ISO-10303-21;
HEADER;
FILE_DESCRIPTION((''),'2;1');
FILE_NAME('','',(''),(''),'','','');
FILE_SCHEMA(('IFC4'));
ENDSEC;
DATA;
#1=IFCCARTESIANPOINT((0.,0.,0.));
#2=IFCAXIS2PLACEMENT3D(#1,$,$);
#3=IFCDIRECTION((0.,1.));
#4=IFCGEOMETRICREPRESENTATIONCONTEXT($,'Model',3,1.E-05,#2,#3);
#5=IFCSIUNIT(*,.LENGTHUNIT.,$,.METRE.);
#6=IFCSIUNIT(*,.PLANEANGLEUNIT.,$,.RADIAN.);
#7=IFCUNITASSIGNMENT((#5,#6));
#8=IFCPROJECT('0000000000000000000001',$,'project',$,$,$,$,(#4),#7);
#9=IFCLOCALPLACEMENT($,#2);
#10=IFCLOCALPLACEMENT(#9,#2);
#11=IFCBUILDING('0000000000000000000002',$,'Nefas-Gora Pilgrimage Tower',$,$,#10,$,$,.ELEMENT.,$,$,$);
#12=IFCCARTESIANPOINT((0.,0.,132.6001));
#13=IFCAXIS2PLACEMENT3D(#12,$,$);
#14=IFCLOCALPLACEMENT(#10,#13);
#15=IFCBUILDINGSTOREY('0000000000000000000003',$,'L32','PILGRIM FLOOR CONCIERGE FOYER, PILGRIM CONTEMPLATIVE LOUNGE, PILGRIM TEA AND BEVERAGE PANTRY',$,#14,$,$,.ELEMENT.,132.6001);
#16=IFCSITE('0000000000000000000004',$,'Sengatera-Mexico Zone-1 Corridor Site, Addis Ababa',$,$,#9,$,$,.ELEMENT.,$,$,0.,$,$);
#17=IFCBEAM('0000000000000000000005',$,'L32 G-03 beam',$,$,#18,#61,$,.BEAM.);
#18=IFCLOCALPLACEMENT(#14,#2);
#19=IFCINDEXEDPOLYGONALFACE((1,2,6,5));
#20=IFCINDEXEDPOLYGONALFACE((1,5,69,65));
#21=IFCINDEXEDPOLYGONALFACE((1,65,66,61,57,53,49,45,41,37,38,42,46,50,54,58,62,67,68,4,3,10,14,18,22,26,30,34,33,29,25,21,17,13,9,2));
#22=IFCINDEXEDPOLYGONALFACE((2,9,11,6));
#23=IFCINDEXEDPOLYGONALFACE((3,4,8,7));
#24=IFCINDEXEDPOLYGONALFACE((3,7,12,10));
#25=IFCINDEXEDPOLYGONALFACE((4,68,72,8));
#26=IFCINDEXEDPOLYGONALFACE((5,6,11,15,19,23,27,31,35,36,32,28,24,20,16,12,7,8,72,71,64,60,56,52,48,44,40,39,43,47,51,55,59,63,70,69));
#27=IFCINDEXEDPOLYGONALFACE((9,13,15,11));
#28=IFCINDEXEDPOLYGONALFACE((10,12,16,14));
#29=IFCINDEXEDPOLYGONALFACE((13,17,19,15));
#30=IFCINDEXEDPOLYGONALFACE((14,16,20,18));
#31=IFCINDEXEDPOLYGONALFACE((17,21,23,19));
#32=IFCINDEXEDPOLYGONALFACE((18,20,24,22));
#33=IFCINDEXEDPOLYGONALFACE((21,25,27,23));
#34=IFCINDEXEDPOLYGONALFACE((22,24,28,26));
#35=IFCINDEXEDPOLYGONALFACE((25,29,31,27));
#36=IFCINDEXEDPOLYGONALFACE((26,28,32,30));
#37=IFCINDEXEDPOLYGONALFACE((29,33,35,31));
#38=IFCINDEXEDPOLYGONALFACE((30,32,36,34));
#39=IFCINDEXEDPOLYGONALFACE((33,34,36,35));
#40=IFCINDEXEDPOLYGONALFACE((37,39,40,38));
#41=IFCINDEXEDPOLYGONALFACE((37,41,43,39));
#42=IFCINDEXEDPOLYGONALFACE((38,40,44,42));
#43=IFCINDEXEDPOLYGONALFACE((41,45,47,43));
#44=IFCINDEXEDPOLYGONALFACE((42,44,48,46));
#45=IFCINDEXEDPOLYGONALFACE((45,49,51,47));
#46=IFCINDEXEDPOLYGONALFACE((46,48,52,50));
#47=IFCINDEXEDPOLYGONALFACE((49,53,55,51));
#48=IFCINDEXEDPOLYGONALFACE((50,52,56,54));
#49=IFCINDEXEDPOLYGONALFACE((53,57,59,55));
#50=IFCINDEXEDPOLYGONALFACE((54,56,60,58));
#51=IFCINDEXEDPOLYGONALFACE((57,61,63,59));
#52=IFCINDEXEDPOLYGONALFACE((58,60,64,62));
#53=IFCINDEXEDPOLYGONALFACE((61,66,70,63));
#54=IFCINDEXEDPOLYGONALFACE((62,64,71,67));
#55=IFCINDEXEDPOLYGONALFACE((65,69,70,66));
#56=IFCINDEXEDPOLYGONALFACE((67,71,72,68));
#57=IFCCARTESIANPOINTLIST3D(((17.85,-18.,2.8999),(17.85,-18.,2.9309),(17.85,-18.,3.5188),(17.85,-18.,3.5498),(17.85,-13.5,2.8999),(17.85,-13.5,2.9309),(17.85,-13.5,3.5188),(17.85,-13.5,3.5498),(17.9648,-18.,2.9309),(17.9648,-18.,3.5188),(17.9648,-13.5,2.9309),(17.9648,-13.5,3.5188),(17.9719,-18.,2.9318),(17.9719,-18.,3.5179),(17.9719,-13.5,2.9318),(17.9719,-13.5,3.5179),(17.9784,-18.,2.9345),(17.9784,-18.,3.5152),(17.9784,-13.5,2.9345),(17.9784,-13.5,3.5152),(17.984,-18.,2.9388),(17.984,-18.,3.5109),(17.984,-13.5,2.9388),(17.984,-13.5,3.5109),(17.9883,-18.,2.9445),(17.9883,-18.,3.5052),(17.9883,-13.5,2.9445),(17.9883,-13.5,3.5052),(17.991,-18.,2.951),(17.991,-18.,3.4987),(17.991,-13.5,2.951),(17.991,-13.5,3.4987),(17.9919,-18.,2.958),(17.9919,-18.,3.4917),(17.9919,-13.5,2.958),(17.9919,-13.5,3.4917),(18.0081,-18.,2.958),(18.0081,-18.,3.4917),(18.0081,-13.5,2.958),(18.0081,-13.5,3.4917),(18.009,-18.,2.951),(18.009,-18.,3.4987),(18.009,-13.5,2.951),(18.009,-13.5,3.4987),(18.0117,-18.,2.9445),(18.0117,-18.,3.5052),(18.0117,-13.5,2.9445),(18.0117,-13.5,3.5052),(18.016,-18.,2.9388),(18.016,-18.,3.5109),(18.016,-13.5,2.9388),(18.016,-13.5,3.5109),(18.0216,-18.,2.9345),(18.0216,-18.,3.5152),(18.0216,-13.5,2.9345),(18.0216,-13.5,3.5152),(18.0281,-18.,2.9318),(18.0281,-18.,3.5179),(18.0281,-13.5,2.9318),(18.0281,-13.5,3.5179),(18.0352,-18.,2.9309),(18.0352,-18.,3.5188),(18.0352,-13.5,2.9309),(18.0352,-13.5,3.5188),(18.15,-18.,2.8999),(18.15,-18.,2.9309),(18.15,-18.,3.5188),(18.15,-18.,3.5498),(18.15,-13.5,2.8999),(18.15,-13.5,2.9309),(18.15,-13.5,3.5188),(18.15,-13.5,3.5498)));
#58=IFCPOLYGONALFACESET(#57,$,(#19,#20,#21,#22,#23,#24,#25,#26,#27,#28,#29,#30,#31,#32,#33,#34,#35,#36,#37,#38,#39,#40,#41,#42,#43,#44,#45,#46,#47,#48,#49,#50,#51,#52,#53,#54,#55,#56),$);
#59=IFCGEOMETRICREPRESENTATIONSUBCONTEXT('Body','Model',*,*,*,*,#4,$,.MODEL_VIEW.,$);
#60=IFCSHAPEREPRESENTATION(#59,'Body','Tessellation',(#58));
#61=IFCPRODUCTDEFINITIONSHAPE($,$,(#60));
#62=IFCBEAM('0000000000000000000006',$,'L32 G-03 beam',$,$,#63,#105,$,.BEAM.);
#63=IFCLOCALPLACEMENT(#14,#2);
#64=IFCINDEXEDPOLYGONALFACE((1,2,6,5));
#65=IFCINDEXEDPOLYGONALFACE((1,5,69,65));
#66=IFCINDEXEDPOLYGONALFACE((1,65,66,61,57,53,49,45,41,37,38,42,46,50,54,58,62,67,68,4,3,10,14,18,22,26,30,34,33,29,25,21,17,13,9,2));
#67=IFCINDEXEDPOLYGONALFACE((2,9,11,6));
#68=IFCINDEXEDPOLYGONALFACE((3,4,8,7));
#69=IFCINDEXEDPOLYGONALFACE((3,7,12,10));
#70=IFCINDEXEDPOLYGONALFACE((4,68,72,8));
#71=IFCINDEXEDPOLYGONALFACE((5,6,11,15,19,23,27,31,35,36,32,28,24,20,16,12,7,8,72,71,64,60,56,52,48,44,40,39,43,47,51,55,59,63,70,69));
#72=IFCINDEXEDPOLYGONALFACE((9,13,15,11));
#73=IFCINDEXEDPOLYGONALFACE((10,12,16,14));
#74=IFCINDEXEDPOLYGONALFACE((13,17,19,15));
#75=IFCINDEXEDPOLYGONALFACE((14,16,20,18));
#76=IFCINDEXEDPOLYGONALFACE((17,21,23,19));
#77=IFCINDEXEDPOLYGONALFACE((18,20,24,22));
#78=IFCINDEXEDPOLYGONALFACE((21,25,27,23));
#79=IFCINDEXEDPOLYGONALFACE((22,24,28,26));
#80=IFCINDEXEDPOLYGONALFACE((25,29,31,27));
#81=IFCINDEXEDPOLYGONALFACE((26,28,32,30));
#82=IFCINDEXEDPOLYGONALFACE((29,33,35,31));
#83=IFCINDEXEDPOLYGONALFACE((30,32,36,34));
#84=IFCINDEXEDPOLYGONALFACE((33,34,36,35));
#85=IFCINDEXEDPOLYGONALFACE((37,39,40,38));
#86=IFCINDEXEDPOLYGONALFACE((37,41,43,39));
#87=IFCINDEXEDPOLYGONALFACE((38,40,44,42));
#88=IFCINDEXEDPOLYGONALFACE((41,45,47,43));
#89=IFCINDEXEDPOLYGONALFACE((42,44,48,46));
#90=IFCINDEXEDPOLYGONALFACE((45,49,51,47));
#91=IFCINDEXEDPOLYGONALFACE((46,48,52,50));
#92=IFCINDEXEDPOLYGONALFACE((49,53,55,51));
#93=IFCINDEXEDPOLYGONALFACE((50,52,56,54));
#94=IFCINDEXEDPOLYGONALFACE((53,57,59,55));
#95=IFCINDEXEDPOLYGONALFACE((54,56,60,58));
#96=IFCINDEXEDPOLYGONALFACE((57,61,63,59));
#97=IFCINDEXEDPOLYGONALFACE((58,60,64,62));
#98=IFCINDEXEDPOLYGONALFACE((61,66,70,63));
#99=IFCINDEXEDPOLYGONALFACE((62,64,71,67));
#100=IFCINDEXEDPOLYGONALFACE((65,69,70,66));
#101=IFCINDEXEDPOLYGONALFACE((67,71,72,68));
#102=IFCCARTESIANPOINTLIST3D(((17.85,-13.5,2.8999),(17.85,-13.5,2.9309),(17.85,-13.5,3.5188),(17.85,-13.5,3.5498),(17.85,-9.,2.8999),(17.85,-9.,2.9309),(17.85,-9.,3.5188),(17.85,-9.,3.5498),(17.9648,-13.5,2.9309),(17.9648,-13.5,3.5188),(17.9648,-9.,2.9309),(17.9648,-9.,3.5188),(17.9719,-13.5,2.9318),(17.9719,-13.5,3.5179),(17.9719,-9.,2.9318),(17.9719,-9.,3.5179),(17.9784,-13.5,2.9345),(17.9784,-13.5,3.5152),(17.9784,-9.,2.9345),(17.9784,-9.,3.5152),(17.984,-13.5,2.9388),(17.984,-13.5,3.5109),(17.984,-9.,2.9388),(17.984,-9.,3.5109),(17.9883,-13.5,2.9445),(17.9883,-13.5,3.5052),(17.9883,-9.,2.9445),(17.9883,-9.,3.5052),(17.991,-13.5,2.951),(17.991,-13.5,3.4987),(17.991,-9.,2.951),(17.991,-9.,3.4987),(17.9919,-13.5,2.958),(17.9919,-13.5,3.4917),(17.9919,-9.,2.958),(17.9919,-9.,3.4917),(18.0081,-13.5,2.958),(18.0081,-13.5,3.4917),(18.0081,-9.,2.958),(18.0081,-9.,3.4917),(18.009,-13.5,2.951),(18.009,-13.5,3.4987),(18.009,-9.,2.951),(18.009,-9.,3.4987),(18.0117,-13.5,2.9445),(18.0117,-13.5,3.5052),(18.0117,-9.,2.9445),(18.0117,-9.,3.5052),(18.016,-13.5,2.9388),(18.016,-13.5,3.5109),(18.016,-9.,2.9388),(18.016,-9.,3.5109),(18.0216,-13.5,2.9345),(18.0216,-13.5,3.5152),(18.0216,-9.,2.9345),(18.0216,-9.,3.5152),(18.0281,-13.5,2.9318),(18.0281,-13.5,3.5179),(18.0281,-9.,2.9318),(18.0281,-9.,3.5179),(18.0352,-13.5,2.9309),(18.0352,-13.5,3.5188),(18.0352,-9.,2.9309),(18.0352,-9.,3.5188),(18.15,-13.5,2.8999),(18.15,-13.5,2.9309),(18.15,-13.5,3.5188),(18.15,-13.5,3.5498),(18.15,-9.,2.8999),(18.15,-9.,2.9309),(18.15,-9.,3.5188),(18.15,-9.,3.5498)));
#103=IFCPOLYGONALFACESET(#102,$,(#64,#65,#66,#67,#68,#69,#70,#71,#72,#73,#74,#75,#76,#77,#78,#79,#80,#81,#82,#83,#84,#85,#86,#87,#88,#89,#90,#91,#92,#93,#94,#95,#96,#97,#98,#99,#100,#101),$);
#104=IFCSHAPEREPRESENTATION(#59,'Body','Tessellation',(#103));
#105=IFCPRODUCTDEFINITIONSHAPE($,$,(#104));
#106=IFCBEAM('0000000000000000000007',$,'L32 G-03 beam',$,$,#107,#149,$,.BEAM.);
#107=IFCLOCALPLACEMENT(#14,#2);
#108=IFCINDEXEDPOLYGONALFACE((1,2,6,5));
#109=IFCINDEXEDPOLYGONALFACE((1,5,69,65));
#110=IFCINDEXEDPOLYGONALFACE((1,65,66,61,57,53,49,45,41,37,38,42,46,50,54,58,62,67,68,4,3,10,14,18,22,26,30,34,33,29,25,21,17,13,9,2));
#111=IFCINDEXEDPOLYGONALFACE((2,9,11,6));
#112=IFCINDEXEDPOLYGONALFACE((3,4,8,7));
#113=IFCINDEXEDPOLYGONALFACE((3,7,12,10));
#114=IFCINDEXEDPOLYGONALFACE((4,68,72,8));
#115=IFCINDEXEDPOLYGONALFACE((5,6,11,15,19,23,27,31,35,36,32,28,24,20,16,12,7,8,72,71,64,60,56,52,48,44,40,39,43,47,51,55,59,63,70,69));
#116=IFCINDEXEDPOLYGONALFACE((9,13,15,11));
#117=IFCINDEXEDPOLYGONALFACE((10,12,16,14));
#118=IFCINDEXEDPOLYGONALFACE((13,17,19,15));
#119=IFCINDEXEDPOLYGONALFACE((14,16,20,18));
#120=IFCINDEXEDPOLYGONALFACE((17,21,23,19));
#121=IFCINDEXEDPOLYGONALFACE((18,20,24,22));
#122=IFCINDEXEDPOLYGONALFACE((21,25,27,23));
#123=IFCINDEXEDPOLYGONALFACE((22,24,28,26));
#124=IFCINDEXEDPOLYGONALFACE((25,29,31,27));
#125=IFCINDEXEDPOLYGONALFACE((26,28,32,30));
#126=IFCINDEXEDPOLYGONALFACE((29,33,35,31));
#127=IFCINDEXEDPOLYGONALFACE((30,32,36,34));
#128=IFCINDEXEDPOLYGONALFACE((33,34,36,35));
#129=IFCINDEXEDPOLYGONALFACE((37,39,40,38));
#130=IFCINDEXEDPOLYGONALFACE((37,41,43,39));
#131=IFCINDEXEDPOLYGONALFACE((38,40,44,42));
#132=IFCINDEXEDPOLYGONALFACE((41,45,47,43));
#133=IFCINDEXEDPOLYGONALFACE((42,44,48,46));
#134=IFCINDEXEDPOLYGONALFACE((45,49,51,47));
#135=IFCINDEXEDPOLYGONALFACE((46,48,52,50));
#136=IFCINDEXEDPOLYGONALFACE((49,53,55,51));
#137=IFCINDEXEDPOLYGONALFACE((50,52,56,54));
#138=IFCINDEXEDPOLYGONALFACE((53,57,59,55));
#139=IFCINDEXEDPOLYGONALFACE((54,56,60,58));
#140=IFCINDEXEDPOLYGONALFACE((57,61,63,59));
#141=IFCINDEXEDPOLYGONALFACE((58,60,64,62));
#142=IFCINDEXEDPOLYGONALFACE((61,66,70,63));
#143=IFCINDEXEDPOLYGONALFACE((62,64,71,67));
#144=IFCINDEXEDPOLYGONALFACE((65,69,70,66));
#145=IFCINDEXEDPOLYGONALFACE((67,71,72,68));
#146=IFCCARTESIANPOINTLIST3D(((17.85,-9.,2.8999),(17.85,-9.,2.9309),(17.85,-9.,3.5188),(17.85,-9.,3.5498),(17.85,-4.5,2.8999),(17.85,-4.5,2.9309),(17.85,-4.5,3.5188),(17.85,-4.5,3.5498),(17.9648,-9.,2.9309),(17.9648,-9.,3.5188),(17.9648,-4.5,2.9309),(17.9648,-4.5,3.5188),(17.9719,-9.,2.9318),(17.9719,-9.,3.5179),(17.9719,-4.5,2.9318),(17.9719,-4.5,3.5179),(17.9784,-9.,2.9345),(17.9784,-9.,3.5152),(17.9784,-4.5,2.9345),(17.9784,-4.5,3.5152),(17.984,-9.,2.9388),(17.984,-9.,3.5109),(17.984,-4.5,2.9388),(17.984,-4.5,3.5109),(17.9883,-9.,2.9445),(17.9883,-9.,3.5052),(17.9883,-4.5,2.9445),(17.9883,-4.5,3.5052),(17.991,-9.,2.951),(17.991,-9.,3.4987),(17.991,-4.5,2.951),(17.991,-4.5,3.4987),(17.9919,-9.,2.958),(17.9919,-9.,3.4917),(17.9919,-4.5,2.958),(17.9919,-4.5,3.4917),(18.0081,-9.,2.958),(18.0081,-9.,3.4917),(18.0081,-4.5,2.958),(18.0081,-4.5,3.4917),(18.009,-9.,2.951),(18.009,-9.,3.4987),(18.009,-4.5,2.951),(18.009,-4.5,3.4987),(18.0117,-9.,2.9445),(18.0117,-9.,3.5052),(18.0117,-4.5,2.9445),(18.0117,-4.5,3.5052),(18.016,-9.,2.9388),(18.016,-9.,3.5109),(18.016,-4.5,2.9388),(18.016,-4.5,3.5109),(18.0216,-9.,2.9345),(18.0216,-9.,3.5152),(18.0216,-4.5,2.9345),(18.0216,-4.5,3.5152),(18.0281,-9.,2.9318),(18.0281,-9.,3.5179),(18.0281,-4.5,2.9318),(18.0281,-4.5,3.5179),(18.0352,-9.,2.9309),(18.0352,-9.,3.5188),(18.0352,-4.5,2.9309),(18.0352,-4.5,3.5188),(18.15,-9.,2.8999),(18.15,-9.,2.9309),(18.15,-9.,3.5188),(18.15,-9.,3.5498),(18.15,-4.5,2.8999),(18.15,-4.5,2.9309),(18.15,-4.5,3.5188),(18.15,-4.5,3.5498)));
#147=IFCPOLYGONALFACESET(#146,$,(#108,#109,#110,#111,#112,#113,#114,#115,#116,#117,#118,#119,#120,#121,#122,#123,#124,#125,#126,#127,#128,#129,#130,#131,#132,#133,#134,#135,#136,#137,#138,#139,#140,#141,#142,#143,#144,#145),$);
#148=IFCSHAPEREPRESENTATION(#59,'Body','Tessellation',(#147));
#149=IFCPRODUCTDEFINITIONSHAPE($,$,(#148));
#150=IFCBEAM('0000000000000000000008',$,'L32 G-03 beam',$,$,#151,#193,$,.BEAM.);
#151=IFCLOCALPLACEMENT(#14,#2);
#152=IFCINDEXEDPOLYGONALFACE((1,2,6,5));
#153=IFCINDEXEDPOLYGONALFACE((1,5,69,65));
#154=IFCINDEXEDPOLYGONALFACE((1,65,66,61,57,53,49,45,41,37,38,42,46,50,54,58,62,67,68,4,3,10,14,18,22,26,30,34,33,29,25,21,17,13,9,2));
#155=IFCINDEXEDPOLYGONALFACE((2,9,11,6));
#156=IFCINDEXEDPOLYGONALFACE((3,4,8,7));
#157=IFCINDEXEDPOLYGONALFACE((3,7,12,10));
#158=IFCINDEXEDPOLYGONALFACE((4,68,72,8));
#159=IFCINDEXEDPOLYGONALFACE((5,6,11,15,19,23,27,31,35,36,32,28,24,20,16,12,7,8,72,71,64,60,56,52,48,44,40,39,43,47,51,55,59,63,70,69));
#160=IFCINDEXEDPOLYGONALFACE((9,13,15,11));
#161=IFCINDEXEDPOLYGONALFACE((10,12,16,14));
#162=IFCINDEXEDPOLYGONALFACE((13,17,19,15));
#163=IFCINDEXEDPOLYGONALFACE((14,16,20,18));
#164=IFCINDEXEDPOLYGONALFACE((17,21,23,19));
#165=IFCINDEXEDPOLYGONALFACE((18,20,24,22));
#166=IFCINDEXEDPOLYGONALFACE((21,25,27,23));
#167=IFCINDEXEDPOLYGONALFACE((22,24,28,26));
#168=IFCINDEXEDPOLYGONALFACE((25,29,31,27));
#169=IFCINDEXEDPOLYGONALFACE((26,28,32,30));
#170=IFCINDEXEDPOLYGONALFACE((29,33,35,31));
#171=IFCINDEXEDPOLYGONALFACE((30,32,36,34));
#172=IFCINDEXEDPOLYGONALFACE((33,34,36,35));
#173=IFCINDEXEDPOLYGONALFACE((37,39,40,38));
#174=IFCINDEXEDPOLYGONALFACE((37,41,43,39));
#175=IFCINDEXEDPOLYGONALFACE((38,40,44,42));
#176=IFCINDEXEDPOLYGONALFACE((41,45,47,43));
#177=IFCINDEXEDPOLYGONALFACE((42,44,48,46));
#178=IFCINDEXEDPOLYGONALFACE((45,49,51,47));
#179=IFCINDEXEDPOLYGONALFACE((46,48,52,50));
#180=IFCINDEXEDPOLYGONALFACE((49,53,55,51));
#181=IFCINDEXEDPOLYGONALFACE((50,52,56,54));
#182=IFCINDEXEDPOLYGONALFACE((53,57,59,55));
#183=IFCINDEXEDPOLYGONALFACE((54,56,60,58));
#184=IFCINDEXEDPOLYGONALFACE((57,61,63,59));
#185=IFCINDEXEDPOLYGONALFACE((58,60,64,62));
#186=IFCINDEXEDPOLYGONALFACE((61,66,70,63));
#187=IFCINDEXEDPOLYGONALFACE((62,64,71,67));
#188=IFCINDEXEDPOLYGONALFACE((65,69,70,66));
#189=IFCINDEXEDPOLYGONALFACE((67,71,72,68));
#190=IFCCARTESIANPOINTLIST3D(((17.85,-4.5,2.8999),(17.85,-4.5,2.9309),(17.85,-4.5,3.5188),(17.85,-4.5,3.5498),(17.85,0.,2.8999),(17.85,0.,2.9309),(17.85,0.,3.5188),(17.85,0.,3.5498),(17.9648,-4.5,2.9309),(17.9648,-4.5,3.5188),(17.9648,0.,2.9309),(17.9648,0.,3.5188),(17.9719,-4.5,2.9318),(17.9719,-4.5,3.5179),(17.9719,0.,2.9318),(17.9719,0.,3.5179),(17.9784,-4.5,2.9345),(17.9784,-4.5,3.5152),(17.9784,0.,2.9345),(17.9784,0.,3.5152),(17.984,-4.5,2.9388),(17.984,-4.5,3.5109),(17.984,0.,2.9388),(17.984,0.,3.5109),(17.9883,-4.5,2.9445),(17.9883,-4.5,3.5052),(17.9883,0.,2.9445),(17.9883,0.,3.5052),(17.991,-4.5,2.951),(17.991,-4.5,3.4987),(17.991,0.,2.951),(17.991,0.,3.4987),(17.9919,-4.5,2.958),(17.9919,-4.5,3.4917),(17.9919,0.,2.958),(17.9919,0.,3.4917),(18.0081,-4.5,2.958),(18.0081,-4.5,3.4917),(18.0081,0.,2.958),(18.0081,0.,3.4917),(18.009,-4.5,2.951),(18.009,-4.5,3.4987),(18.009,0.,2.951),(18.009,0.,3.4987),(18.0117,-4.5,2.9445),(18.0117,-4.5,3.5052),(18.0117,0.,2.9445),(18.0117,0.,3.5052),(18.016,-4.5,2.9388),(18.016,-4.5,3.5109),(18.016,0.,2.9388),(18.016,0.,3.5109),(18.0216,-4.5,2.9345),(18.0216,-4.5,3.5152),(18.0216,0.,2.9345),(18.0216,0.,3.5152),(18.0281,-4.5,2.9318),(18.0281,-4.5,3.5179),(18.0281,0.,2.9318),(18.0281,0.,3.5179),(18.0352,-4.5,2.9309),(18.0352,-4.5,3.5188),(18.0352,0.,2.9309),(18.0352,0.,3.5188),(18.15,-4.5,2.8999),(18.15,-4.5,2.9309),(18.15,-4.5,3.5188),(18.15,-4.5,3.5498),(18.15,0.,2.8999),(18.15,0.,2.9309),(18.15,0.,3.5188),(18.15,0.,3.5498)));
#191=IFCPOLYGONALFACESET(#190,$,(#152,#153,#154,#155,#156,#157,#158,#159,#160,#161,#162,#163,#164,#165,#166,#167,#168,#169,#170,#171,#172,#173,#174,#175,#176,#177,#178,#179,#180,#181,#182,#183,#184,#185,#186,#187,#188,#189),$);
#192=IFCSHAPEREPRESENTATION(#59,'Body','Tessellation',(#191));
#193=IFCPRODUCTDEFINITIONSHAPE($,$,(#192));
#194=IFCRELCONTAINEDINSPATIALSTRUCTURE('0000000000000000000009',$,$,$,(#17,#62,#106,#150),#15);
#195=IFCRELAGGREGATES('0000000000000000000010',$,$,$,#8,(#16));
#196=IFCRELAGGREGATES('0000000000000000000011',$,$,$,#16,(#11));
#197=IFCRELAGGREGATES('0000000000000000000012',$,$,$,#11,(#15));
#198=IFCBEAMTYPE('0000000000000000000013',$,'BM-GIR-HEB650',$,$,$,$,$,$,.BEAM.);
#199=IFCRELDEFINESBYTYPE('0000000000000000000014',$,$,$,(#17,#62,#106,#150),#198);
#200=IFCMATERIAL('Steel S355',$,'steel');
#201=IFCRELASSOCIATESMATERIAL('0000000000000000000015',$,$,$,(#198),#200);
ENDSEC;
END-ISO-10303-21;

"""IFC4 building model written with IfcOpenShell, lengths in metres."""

from ifc_helpers import new_model, si_unit, direction, frame, origin, origin_2d, place, context, subcontext, project, spatial, i_section, extrude, source, transform, mapped, material, material_profile, profile_set, type_object, element, save


model = new_model("IFC4")

# Units and contexts
model_context = context("Model", 3, precision=1e-05, world=origin(), true_north=direction((0.0, 1.0)))
body_context = subcontext(model_context, "Body", "Model", "MODEL_VIEW")
ifc_project = project(units=[si_unit("LENGTHUNIT", "METRE"), si_unit("PLANEANGLEUNIT", "RADIAN")], contexts=[model_context])

# Site, building, storey
site_placement = place(None, origin())
site = spatial("IfcSite", under=ifc_project, at=site_placement, Name="Sengatera-Mexico Zone-1 Corridor Site, Addis Ababa", CompositionType="ELEMENT", RefElevation=0.0)
building_placement = place(site_placement, origin())
building = spatial("IfcBuilding", under=site, at=building_placement, Name="Nefas-Gora Pilgrimage Tower", CompositionType="ELEMENT")
storey_placement = place(building_placement, frame((0.0, 0.0, 132.6001)))
storey = spatial("IfcBuildingStorey", under=building, at=storey_placement, Name="L32", Description="PILGRIM FLOOR CONCIERGE FOYER, PILGRIM CONTEMPLATIVE LOUNGE, PILGRIM TEA AND BEVERAGE PANTRY", CompositionType="ELEMENT", Elevation=132.6001)

# Beams
ifc_material_1 = material(Name="Steel S355", Category="steel")
ifc_material_profile_1 = material_profile(ifc_material_1, i_section(OverallWidth=0.3, OverallDepth=0.6499, WebThickness=0.0161, FlangeThickness=0.031, FilletRadius=0.0271, at=origin_2d()), Name="HEB 650")
ifc_profile_set_1 = profile_set([ifc_material_profile_1], Name="Steel S355")
beam_type_1 = type_object("IfcBeamType", Name="BM-GIR-HEB650", PredefinedType="BEAM", material=ifc_profile_set_1)
shared_shape_1 = source(origin(), body_context, "Body", "SweptSolid", [
    extrude(i_section(OverallWidth=0.3, OverallDepth=0.6499, WebThickness=0.0161, FlangeThickness=0.031, FilletRadius=0.0271, at=origin_2d()), origin(), (0.0, 0.0, 1.0), 4.5),
])
for number, where, z_axis, x_axis, name in (
    (1, (18.0, -18.0, 3.2249), (0.0, 1.0, 0.0), (-1.0, 0.0, 0.0), "L32 G-03 beam"),
    (2, (18.0, -13.5, 3.2249), (0.0, 1.0, 0.0), (-1.0, 0.0, 0.0), "L32 G-03 beam"),
    (3, (18.0, -9.0, 3.2249), (0.0, 1.0, 0.0), (-1.0, 0.0, 0.0), "L32 G-03 beam"),
    (4, (18.0, -4.5, 3.2249), (0.0, 1.0, 0.0), (-1.0, 0.0, 0.0), "L32 G-03 beam"),
):
    element("IfcBeam", number, at=place(storey_placement, frame(where, z_axis=z_axis, x_axis=x_axis)), inside=storey, type_object=beam_type_1, Name=name, PredefinedType="BEAM", context=body_context, shape_type="MappedRepresentation", body=[
        mapped(shared_shape_1, transform((0.0, 0.0, 0.0), x_axis=(1.0, 0.0, 0.0), y_axis=(0.0, 1.0, 0.0), z_axis=(0.0, 0.0, 1.0), scale=1.0)),
    ])

save(model, "model.ifc")
